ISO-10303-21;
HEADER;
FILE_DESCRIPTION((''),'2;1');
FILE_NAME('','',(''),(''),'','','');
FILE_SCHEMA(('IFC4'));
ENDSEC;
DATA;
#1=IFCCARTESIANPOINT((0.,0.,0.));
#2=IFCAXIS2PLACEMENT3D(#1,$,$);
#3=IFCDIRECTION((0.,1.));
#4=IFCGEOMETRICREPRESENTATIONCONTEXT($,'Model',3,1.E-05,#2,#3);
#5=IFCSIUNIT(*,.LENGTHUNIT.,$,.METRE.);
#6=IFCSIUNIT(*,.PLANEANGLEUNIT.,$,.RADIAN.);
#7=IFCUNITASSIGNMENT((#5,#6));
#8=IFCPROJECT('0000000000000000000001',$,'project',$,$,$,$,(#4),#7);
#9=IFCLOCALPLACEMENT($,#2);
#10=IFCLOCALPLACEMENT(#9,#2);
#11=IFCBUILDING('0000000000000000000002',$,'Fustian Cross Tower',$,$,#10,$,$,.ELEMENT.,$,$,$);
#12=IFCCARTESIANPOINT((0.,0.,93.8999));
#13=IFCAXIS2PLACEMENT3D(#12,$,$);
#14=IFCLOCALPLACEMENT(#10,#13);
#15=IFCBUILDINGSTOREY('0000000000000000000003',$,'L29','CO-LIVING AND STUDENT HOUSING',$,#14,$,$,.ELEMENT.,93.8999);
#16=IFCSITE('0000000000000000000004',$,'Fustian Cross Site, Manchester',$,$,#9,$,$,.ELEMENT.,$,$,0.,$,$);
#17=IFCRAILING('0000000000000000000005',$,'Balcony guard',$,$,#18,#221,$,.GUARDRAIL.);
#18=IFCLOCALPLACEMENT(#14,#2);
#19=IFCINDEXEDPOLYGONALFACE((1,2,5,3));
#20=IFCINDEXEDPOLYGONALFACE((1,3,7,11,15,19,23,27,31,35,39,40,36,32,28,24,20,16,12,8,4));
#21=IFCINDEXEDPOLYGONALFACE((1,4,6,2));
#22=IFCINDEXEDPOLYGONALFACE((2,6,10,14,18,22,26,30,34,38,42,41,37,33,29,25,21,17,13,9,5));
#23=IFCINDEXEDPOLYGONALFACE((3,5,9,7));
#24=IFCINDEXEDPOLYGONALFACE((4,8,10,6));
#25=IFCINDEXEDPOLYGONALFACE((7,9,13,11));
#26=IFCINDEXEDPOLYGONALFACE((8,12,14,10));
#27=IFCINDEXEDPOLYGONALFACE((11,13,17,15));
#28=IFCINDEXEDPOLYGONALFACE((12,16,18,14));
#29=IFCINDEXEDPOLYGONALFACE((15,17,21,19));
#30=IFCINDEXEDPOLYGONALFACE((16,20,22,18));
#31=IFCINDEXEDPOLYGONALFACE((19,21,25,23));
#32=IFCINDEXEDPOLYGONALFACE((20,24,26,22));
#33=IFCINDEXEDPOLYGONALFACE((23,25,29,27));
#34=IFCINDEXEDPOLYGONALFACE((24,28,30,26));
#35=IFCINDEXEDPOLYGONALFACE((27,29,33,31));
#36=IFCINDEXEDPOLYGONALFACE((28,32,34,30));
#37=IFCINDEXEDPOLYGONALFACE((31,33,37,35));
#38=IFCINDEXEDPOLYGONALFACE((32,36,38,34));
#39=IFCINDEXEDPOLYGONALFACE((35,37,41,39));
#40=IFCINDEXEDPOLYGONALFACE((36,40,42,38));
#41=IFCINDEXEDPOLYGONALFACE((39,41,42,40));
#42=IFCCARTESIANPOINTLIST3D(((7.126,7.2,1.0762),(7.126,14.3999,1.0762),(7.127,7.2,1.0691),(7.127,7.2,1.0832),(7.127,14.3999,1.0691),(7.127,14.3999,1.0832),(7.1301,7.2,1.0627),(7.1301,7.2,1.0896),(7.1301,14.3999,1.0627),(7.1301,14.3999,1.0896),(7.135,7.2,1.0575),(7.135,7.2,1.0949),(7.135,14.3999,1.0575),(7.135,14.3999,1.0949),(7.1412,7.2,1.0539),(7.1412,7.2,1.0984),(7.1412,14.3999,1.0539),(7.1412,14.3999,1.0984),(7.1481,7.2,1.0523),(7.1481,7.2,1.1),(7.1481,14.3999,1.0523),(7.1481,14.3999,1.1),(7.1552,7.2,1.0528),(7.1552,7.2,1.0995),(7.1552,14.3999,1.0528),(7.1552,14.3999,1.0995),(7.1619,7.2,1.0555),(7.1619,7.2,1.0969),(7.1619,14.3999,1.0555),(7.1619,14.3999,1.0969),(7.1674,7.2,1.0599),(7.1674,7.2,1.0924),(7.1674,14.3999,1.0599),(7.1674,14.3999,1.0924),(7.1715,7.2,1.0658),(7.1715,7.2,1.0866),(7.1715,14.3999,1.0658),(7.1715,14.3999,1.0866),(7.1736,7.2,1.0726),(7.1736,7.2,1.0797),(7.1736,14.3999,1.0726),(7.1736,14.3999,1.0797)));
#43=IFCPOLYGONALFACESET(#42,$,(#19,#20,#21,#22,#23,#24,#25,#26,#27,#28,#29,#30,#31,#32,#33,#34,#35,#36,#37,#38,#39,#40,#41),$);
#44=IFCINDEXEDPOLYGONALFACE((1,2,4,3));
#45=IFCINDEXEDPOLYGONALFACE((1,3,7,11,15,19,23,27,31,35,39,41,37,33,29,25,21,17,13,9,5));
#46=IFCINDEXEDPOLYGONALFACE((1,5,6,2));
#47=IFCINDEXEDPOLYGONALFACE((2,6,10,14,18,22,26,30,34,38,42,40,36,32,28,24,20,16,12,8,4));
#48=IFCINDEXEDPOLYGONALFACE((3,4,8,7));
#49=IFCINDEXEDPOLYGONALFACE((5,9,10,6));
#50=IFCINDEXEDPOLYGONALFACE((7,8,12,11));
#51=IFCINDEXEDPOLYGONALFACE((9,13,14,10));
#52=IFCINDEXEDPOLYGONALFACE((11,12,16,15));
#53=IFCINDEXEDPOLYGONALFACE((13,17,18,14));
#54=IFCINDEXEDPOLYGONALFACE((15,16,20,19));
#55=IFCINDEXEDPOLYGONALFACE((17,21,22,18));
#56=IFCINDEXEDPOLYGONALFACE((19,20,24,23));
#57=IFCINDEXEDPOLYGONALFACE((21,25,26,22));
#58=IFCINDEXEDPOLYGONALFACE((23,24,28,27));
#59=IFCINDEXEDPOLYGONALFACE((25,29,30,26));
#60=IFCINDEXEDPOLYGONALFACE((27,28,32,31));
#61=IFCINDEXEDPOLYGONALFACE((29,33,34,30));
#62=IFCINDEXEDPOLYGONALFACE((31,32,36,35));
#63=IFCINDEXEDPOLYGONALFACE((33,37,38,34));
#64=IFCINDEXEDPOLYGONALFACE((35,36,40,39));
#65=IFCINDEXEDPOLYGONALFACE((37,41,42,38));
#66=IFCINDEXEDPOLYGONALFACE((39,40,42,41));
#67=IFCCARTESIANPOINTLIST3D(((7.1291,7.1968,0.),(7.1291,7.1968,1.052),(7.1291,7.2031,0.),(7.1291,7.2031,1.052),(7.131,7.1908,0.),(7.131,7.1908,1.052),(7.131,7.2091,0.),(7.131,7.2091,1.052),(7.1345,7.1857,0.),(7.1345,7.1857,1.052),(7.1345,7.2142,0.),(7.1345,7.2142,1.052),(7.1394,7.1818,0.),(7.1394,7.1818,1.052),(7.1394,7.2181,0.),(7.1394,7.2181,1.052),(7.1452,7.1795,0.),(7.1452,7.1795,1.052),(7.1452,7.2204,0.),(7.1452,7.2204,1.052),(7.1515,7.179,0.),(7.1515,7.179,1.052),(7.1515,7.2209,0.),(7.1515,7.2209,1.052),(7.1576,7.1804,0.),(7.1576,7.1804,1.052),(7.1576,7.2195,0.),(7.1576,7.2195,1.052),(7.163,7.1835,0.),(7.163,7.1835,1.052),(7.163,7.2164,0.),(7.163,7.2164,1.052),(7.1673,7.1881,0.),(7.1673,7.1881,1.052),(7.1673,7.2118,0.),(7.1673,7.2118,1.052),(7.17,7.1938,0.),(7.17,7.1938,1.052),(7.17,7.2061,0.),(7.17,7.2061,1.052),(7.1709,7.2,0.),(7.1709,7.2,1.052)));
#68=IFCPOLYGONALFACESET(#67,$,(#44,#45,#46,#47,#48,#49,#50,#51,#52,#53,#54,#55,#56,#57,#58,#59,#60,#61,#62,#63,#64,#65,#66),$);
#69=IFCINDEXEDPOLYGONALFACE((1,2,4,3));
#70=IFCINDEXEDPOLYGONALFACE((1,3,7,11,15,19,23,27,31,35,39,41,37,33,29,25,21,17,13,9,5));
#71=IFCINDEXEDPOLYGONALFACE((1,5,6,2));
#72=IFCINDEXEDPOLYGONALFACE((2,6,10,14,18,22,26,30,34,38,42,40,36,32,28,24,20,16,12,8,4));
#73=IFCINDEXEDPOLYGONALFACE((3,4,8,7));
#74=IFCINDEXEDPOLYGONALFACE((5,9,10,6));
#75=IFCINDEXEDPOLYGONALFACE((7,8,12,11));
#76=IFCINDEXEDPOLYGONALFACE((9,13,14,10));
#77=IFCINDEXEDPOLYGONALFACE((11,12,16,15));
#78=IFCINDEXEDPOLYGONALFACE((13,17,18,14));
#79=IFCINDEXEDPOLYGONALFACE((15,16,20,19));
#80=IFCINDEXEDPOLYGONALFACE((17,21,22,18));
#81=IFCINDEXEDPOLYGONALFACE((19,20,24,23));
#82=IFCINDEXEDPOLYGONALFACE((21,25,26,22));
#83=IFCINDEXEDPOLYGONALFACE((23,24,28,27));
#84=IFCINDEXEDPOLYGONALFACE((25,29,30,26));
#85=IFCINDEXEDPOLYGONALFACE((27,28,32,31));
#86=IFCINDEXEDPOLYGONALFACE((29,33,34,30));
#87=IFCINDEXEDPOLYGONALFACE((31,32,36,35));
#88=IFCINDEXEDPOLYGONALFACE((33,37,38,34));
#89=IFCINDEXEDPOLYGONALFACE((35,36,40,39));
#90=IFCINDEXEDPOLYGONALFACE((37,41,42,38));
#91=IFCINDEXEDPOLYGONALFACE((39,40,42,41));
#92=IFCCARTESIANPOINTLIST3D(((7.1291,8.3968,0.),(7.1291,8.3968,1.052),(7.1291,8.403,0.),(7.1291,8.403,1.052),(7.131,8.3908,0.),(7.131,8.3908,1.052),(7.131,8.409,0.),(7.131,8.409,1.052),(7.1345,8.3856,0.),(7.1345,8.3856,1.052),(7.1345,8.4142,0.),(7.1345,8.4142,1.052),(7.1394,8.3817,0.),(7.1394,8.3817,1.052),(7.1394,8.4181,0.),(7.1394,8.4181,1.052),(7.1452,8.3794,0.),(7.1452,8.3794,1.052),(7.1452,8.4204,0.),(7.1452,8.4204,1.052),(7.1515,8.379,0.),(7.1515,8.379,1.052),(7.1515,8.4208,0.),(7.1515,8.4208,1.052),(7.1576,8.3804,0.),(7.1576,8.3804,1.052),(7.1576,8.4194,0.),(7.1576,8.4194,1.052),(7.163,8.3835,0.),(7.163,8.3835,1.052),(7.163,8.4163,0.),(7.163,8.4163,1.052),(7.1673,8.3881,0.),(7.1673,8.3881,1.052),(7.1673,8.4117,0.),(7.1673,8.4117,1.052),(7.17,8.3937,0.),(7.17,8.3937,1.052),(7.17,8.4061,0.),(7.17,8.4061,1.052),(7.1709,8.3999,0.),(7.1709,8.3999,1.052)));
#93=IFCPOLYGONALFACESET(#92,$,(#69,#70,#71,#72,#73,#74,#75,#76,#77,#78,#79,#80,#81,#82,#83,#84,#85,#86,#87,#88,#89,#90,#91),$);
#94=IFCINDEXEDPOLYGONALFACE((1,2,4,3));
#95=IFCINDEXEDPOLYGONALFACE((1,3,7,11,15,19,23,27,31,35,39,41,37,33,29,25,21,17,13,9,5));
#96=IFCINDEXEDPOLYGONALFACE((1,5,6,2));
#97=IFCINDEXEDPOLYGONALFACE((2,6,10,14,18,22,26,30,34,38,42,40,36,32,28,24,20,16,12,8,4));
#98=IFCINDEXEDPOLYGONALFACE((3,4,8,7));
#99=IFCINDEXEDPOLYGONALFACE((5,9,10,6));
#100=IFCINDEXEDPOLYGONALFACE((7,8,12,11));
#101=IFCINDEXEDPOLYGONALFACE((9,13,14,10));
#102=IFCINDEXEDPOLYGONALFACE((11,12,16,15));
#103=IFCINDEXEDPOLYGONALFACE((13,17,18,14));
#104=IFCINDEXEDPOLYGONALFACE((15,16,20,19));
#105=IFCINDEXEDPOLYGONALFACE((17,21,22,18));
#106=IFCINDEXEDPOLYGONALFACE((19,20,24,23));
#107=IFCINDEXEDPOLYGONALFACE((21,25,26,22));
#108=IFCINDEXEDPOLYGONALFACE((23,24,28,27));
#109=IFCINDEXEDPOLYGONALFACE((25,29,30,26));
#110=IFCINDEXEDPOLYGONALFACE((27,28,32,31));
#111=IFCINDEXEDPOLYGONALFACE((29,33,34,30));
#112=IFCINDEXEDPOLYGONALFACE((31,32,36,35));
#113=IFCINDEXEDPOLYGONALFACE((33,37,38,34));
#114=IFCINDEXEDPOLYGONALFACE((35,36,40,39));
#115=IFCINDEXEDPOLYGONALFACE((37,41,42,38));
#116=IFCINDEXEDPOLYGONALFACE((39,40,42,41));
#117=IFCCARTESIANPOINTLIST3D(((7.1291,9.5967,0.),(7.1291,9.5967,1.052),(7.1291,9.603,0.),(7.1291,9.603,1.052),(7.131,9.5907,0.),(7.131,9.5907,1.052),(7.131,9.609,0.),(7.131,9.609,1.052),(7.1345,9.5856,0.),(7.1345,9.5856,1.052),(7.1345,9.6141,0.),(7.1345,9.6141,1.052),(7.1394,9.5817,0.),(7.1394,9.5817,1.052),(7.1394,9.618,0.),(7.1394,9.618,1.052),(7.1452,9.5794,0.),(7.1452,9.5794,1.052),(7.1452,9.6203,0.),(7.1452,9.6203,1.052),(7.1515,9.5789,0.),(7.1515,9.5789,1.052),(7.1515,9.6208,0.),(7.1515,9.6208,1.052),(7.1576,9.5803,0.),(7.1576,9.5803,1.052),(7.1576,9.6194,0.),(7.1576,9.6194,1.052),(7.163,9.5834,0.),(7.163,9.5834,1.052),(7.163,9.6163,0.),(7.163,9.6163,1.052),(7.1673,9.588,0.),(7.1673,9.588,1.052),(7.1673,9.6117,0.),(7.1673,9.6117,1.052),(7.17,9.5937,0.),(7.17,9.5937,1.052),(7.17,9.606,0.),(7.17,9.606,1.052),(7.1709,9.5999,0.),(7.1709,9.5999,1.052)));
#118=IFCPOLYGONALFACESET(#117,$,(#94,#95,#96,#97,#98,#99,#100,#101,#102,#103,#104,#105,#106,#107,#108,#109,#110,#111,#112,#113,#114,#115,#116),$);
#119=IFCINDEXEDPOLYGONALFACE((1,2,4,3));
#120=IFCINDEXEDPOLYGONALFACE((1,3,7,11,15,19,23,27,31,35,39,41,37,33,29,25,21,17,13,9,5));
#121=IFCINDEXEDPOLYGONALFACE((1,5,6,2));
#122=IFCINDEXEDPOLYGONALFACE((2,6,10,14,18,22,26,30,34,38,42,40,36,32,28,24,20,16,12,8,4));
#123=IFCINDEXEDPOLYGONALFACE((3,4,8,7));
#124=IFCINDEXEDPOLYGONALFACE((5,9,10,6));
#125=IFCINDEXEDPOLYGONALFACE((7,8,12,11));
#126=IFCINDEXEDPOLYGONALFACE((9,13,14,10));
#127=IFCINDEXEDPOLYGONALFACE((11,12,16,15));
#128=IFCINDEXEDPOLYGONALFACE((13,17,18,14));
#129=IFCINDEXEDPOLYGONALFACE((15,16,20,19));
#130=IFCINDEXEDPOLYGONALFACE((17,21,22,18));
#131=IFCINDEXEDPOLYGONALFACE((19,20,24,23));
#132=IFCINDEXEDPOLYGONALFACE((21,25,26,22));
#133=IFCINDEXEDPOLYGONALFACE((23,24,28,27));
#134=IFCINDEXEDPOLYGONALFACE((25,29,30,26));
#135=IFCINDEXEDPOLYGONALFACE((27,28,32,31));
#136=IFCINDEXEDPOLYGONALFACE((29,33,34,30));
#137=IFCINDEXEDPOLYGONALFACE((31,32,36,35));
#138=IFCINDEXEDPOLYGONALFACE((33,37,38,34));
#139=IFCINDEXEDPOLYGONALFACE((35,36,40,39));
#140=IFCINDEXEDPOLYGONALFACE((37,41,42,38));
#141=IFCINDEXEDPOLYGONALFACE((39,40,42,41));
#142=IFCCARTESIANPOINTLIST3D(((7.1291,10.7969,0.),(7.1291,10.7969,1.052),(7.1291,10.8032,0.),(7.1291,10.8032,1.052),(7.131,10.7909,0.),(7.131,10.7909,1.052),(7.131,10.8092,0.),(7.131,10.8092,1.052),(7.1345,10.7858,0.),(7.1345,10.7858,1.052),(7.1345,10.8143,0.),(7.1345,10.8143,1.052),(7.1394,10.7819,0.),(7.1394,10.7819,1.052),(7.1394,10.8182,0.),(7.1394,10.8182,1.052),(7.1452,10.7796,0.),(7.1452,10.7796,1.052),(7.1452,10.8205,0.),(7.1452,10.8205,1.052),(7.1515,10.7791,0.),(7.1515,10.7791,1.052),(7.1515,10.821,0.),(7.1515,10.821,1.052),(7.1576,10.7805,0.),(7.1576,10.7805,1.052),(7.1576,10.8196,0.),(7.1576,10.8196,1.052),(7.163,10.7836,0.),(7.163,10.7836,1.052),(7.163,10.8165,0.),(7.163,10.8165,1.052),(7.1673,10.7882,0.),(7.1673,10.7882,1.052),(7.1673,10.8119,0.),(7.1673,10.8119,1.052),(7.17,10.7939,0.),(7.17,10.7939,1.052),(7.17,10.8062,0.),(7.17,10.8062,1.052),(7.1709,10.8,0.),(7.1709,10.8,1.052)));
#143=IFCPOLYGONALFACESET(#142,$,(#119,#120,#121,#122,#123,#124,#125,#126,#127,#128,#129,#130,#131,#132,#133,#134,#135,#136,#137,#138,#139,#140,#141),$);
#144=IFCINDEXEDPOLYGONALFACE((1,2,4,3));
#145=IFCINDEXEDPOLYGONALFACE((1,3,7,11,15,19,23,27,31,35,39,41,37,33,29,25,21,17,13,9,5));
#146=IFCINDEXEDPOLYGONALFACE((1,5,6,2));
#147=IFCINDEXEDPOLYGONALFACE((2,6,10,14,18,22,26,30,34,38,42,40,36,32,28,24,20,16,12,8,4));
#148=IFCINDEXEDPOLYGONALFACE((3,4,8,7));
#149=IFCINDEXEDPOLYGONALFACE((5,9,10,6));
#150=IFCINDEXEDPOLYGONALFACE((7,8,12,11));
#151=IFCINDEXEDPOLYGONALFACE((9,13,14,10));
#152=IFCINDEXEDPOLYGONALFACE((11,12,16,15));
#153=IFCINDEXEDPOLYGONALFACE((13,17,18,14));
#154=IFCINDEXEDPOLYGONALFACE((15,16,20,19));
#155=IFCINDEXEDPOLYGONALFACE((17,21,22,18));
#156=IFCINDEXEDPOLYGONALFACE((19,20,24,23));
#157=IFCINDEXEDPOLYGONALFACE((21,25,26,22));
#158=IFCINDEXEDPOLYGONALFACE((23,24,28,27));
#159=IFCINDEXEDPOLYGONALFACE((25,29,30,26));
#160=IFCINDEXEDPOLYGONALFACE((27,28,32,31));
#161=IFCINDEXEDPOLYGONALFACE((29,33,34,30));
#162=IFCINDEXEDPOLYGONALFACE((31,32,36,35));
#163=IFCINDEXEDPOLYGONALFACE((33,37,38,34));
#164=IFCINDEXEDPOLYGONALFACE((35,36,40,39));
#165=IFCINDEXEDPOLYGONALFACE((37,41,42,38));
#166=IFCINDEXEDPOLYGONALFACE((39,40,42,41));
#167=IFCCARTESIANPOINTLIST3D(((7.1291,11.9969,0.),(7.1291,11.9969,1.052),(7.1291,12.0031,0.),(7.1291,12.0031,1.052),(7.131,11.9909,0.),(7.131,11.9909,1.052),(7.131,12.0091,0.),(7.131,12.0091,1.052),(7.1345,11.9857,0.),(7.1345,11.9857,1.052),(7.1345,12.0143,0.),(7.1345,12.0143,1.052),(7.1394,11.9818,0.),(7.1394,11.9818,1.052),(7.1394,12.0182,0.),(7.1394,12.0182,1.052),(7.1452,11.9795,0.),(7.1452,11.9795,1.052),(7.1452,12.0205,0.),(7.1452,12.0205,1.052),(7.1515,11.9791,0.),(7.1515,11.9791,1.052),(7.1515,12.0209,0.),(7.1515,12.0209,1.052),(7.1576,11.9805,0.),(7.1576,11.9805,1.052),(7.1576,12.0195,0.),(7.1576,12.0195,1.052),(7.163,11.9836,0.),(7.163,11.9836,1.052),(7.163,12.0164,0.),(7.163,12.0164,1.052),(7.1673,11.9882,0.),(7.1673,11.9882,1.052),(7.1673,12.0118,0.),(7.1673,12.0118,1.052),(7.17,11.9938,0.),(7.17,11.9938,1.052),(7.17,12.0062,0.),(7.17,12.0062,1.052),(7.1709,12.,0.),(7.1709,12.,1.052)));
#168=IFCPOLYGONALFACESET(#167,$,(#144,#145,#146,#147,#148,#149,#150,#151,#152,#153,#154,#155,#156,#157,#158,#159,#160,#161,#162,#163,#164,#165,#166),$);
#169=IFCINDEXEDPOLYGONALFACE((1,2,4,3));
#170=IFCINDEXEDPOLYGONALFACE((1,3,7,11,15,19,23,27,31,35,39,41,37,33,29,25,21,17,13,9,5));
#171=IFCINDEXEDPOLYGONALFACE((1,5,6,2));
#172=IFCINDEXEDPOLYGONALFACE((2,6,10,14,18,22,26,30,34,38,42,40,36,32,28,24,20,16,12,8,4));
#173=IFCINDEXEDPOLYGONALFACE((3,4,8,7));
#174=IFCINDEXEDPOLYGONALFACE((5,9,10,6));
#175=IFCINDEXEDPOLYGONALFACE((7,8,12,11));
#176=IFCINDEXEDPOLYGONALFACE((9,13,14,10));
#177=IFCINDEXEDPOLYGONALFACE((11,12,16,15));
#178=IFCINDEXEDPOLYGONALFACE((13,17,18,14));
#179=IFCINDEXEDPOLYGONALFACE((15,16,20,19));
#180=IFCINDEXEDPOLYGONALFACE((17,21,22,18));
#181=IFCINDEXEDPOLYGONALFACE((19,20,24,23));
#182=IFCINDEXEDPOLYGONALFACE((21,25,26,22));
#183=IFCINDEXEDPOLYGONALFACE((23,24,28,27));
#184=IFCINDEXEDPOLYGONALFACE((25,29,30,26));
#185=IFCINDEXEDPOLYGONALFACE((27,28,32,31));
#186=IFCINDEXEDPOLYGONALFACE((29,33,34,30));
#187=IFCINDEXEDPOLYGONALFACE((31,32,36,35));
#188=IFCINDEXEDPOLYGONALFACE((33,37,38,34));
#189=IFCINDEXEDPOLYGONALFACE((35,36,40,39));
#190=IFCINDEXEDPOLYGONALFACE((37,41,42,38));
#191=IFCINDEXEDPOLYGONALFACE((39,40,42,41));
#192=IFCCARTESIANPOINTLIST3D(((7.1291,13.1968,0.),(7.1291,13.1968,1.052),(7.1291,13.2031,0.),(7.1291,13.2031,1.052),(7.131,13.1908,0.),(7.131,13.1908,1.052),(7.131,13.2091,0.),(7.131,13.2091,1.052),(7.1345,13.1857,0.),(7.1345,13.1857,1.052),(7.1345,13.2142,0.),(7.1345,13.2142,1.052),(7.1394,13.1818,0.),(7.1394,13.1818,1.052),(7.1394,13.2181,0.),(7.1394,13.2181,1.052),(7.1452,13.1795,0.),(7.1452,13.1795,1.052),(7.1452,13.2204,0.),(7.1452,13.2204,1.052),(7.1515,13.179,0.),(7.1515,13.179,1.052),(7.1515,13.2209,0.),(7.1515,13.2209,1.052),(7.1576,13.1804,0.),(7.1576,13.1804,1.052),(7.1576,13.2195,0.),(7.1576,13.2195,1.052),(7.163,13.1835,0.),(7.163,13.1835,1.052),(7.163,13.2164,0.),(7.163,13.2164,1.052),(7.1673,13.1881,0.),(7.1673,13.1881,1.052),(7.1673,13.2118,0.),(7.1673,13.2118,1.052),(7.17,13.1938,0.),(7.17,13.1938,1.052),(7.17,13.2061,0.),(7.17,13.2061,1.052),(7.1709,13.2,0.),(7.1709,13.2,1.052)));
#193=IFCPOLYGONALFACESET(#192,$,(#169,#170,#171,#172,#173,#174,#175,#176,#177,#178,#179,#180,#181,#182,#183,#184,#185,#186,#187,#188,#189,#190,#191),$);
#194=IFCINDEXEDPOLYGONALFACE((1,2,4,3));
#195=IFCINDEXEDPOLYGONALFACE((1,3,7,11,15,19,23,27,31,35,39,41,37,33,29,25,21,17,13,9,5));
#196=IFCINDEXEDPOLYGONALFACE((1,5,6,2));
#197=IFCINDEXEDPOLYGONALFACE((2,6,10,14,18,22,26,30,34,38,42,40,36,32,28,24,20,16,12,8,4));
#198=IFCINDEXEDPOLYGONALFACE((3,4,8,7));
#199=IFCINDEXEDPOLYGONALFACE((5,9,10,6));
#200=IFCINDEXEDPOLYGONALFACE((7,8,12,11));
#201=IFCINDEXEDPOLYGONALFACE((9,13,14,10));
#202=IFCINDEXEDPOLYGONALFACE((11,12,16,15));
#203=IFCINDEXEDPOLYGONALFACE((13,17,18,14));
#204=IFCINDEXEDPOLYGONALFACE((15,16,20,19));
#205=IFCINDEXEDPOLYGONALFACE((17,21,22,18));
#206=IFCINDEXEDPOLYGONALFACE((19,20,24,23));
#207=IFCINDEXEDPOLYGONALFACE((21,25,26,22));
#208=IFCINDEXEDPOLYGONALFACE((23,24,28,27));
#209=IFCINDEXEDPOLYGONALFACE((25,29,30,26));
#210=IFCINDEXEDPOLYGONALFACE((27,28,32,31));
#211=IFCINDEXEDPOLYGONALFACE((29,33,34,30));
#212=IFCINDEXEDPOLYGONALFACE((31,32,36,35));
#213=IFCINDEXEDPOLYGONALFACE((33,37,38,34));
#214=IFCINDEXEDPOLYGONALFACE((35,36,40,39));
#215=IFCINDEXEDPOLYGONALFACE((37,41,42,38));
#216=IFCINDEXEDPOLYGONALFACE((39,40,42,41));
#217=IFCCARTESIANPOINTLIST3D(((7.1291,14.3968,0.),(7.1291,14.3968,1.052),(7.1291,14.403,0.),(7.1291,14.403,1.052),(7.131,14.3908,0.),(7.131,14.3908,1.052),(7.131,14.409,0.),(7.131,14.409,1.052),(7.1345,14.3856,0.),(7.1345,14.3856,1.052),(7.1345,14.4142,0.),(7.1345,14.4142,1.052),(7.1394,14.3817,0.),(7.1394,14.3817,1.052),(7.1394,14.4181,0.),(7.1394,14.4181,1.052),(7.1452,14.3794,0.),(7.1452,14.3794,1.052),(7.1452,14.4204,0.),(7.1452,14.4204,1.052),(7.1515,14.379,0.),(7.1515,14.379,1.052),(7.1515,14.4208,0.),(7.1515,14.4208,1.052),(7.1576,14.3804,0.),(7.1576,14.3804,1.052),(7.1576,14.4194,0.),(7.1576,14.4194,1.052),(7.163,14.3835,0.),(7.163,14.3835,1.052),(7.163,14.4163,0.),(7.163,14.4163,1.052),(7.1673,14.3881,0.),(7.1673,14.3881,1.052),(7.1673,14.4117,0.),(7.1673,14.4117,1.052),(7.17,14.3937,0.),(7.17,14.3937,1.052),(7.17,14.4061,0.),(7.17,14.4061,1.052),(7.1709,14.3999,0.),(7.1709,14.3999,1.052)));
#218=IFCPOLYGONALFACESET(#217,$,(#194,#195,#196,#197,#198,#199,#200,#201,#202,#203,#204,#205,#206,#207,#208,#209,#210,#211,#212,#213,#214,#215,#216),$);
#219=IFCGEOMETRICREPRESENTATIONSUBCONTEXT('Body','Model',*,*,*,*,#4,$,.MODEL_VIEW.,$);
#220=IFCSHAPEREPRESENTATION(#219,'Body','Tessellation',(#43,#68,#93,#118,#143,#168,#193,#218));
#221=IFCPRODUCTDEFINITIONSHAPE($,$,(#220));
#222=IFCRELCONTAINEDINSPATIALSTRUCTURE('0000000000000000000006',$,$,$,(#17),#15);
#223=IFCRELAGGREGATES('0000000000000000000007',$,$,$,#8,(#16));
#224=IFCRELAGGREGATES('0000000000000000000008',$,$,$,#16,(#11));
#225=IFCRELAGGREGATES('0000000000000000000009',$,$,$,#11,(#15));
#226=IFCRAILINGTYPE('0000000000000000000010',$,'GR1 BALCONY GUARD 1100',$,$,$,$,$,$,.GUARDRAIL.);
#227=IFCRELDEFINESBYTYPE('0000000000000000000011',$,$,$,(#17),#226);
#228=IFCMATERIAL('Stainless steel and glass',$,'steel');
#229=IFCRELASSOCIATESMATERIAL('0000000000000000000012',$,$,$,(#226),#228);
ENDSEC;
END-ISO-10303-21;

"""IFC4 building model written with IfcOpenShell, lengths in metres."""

from ifc_helpers import new_model, si_unit, direction, frame, origin, origin_2d, place, context, subcontext, project, spatial, circle, extrude, material, type_object, element, save


model = new_model("IFC4")

# Units and contexts
model_context = context("Model", 3, precision=1e-05, world=origin(), true_north=direction((0.0, 1.0)))
body_context = subcontext(model_context, "Body", "Model", "MODEL_VIEW")
ifc_project = project(units=[si_unit("LENGTHUNIT", "METRE"), si_unit("PLANEANGLEUNIT", "RADIAN")], contexts=[model_context])

# Site, building, storey
site_placement = place(None, origin())
site = spatial("IfcSite", under=ifc_project, at=site_placement, Name="Fustian Cross Site, Manchester", CompositionType="ELEMENT", RefElevation=0.0)
building_placement = place(site_placement, origin())
building = spatial("IfcBuilding", under=site, at=building_placement, Name="Fustian Cross Tower", CompositionType="ELEMENT")
storey_placement = place(building_placement, frame((0.0, 0.0, 93.8999)))
storey = spatial("IfcBuildingStorey", under=building, at=storey_placement, Name="L29", Description="CO-LIVING AND STUDENT HOUSING", CompositionType="ELEMENT", Elevation=93.8999)

# Railing
ifc_material_1 = material(Name="Stainless steel and glass", Category="steel")
railing_type = type_object("IfcRailingType", Name="GR1 BALCONY GUARD 1100", PredefinedType="GUARDRAIL", material=ifc_material_1)
railing_placement = place(storey_placement, frame((7.1499, 7.2, 0.0)))
element("IfcRailing", 1, at=railing_placement, inside=storey, type_object=railing_type, Name="Balcony guard", PredefinedType="GUARDRAIL", context=body_context, shape_type="SweptSolid", body=[
    extrude(circle(Radius=0.0239, at=origin_2d()), frame((0.0, 0.0, 1.0762), z_axis=(0.0, 1.0, 0.0), x_axis=(-1.0, 0.0, 0.0)), (0.0, 0.0, 1.0), 7.2),
    extrude(circle(Radius=0.021, at=origin_2d()), origin(), (0.0, 0.0, 1.0), 1.052),
    extrude(circle(Radius=0.021, at=origin_2d()), frame((0.0, 1.2, 0.0)), (0.0, 0.0, 1.0), 1.052),
    extrude(circle(Radius=0.021, at=origin_2d()), frame((0.0, 2.3999, 0.0)), (0.0, 0.0, 1.0), 1.052),
    extrude(circle(Radius=0.021, at=origin_2d()), frame((0.0, 3.6001, 0.0)), (0.0, 0.0, 1.0), 1.052),
    extrude(circle(Radius=0.021, at=origin_2d()), frame((0.0, 4.8, 0.0)), (0.0, 0.0, 1.0), 1.052),
    extrude(circle(Radius=0.021, at=origin_2d()), frame((0.0, 6.0, 0.0)), (0.0, 0.0, 1.0), 1.052),
    extrude(circle(Radius=0.021, at=origin_2d()), frame((0.0, 7.2, 0.0)), (0.0, 0.0, 1.0), 1.052),
])

save(model, "model.ifc")
